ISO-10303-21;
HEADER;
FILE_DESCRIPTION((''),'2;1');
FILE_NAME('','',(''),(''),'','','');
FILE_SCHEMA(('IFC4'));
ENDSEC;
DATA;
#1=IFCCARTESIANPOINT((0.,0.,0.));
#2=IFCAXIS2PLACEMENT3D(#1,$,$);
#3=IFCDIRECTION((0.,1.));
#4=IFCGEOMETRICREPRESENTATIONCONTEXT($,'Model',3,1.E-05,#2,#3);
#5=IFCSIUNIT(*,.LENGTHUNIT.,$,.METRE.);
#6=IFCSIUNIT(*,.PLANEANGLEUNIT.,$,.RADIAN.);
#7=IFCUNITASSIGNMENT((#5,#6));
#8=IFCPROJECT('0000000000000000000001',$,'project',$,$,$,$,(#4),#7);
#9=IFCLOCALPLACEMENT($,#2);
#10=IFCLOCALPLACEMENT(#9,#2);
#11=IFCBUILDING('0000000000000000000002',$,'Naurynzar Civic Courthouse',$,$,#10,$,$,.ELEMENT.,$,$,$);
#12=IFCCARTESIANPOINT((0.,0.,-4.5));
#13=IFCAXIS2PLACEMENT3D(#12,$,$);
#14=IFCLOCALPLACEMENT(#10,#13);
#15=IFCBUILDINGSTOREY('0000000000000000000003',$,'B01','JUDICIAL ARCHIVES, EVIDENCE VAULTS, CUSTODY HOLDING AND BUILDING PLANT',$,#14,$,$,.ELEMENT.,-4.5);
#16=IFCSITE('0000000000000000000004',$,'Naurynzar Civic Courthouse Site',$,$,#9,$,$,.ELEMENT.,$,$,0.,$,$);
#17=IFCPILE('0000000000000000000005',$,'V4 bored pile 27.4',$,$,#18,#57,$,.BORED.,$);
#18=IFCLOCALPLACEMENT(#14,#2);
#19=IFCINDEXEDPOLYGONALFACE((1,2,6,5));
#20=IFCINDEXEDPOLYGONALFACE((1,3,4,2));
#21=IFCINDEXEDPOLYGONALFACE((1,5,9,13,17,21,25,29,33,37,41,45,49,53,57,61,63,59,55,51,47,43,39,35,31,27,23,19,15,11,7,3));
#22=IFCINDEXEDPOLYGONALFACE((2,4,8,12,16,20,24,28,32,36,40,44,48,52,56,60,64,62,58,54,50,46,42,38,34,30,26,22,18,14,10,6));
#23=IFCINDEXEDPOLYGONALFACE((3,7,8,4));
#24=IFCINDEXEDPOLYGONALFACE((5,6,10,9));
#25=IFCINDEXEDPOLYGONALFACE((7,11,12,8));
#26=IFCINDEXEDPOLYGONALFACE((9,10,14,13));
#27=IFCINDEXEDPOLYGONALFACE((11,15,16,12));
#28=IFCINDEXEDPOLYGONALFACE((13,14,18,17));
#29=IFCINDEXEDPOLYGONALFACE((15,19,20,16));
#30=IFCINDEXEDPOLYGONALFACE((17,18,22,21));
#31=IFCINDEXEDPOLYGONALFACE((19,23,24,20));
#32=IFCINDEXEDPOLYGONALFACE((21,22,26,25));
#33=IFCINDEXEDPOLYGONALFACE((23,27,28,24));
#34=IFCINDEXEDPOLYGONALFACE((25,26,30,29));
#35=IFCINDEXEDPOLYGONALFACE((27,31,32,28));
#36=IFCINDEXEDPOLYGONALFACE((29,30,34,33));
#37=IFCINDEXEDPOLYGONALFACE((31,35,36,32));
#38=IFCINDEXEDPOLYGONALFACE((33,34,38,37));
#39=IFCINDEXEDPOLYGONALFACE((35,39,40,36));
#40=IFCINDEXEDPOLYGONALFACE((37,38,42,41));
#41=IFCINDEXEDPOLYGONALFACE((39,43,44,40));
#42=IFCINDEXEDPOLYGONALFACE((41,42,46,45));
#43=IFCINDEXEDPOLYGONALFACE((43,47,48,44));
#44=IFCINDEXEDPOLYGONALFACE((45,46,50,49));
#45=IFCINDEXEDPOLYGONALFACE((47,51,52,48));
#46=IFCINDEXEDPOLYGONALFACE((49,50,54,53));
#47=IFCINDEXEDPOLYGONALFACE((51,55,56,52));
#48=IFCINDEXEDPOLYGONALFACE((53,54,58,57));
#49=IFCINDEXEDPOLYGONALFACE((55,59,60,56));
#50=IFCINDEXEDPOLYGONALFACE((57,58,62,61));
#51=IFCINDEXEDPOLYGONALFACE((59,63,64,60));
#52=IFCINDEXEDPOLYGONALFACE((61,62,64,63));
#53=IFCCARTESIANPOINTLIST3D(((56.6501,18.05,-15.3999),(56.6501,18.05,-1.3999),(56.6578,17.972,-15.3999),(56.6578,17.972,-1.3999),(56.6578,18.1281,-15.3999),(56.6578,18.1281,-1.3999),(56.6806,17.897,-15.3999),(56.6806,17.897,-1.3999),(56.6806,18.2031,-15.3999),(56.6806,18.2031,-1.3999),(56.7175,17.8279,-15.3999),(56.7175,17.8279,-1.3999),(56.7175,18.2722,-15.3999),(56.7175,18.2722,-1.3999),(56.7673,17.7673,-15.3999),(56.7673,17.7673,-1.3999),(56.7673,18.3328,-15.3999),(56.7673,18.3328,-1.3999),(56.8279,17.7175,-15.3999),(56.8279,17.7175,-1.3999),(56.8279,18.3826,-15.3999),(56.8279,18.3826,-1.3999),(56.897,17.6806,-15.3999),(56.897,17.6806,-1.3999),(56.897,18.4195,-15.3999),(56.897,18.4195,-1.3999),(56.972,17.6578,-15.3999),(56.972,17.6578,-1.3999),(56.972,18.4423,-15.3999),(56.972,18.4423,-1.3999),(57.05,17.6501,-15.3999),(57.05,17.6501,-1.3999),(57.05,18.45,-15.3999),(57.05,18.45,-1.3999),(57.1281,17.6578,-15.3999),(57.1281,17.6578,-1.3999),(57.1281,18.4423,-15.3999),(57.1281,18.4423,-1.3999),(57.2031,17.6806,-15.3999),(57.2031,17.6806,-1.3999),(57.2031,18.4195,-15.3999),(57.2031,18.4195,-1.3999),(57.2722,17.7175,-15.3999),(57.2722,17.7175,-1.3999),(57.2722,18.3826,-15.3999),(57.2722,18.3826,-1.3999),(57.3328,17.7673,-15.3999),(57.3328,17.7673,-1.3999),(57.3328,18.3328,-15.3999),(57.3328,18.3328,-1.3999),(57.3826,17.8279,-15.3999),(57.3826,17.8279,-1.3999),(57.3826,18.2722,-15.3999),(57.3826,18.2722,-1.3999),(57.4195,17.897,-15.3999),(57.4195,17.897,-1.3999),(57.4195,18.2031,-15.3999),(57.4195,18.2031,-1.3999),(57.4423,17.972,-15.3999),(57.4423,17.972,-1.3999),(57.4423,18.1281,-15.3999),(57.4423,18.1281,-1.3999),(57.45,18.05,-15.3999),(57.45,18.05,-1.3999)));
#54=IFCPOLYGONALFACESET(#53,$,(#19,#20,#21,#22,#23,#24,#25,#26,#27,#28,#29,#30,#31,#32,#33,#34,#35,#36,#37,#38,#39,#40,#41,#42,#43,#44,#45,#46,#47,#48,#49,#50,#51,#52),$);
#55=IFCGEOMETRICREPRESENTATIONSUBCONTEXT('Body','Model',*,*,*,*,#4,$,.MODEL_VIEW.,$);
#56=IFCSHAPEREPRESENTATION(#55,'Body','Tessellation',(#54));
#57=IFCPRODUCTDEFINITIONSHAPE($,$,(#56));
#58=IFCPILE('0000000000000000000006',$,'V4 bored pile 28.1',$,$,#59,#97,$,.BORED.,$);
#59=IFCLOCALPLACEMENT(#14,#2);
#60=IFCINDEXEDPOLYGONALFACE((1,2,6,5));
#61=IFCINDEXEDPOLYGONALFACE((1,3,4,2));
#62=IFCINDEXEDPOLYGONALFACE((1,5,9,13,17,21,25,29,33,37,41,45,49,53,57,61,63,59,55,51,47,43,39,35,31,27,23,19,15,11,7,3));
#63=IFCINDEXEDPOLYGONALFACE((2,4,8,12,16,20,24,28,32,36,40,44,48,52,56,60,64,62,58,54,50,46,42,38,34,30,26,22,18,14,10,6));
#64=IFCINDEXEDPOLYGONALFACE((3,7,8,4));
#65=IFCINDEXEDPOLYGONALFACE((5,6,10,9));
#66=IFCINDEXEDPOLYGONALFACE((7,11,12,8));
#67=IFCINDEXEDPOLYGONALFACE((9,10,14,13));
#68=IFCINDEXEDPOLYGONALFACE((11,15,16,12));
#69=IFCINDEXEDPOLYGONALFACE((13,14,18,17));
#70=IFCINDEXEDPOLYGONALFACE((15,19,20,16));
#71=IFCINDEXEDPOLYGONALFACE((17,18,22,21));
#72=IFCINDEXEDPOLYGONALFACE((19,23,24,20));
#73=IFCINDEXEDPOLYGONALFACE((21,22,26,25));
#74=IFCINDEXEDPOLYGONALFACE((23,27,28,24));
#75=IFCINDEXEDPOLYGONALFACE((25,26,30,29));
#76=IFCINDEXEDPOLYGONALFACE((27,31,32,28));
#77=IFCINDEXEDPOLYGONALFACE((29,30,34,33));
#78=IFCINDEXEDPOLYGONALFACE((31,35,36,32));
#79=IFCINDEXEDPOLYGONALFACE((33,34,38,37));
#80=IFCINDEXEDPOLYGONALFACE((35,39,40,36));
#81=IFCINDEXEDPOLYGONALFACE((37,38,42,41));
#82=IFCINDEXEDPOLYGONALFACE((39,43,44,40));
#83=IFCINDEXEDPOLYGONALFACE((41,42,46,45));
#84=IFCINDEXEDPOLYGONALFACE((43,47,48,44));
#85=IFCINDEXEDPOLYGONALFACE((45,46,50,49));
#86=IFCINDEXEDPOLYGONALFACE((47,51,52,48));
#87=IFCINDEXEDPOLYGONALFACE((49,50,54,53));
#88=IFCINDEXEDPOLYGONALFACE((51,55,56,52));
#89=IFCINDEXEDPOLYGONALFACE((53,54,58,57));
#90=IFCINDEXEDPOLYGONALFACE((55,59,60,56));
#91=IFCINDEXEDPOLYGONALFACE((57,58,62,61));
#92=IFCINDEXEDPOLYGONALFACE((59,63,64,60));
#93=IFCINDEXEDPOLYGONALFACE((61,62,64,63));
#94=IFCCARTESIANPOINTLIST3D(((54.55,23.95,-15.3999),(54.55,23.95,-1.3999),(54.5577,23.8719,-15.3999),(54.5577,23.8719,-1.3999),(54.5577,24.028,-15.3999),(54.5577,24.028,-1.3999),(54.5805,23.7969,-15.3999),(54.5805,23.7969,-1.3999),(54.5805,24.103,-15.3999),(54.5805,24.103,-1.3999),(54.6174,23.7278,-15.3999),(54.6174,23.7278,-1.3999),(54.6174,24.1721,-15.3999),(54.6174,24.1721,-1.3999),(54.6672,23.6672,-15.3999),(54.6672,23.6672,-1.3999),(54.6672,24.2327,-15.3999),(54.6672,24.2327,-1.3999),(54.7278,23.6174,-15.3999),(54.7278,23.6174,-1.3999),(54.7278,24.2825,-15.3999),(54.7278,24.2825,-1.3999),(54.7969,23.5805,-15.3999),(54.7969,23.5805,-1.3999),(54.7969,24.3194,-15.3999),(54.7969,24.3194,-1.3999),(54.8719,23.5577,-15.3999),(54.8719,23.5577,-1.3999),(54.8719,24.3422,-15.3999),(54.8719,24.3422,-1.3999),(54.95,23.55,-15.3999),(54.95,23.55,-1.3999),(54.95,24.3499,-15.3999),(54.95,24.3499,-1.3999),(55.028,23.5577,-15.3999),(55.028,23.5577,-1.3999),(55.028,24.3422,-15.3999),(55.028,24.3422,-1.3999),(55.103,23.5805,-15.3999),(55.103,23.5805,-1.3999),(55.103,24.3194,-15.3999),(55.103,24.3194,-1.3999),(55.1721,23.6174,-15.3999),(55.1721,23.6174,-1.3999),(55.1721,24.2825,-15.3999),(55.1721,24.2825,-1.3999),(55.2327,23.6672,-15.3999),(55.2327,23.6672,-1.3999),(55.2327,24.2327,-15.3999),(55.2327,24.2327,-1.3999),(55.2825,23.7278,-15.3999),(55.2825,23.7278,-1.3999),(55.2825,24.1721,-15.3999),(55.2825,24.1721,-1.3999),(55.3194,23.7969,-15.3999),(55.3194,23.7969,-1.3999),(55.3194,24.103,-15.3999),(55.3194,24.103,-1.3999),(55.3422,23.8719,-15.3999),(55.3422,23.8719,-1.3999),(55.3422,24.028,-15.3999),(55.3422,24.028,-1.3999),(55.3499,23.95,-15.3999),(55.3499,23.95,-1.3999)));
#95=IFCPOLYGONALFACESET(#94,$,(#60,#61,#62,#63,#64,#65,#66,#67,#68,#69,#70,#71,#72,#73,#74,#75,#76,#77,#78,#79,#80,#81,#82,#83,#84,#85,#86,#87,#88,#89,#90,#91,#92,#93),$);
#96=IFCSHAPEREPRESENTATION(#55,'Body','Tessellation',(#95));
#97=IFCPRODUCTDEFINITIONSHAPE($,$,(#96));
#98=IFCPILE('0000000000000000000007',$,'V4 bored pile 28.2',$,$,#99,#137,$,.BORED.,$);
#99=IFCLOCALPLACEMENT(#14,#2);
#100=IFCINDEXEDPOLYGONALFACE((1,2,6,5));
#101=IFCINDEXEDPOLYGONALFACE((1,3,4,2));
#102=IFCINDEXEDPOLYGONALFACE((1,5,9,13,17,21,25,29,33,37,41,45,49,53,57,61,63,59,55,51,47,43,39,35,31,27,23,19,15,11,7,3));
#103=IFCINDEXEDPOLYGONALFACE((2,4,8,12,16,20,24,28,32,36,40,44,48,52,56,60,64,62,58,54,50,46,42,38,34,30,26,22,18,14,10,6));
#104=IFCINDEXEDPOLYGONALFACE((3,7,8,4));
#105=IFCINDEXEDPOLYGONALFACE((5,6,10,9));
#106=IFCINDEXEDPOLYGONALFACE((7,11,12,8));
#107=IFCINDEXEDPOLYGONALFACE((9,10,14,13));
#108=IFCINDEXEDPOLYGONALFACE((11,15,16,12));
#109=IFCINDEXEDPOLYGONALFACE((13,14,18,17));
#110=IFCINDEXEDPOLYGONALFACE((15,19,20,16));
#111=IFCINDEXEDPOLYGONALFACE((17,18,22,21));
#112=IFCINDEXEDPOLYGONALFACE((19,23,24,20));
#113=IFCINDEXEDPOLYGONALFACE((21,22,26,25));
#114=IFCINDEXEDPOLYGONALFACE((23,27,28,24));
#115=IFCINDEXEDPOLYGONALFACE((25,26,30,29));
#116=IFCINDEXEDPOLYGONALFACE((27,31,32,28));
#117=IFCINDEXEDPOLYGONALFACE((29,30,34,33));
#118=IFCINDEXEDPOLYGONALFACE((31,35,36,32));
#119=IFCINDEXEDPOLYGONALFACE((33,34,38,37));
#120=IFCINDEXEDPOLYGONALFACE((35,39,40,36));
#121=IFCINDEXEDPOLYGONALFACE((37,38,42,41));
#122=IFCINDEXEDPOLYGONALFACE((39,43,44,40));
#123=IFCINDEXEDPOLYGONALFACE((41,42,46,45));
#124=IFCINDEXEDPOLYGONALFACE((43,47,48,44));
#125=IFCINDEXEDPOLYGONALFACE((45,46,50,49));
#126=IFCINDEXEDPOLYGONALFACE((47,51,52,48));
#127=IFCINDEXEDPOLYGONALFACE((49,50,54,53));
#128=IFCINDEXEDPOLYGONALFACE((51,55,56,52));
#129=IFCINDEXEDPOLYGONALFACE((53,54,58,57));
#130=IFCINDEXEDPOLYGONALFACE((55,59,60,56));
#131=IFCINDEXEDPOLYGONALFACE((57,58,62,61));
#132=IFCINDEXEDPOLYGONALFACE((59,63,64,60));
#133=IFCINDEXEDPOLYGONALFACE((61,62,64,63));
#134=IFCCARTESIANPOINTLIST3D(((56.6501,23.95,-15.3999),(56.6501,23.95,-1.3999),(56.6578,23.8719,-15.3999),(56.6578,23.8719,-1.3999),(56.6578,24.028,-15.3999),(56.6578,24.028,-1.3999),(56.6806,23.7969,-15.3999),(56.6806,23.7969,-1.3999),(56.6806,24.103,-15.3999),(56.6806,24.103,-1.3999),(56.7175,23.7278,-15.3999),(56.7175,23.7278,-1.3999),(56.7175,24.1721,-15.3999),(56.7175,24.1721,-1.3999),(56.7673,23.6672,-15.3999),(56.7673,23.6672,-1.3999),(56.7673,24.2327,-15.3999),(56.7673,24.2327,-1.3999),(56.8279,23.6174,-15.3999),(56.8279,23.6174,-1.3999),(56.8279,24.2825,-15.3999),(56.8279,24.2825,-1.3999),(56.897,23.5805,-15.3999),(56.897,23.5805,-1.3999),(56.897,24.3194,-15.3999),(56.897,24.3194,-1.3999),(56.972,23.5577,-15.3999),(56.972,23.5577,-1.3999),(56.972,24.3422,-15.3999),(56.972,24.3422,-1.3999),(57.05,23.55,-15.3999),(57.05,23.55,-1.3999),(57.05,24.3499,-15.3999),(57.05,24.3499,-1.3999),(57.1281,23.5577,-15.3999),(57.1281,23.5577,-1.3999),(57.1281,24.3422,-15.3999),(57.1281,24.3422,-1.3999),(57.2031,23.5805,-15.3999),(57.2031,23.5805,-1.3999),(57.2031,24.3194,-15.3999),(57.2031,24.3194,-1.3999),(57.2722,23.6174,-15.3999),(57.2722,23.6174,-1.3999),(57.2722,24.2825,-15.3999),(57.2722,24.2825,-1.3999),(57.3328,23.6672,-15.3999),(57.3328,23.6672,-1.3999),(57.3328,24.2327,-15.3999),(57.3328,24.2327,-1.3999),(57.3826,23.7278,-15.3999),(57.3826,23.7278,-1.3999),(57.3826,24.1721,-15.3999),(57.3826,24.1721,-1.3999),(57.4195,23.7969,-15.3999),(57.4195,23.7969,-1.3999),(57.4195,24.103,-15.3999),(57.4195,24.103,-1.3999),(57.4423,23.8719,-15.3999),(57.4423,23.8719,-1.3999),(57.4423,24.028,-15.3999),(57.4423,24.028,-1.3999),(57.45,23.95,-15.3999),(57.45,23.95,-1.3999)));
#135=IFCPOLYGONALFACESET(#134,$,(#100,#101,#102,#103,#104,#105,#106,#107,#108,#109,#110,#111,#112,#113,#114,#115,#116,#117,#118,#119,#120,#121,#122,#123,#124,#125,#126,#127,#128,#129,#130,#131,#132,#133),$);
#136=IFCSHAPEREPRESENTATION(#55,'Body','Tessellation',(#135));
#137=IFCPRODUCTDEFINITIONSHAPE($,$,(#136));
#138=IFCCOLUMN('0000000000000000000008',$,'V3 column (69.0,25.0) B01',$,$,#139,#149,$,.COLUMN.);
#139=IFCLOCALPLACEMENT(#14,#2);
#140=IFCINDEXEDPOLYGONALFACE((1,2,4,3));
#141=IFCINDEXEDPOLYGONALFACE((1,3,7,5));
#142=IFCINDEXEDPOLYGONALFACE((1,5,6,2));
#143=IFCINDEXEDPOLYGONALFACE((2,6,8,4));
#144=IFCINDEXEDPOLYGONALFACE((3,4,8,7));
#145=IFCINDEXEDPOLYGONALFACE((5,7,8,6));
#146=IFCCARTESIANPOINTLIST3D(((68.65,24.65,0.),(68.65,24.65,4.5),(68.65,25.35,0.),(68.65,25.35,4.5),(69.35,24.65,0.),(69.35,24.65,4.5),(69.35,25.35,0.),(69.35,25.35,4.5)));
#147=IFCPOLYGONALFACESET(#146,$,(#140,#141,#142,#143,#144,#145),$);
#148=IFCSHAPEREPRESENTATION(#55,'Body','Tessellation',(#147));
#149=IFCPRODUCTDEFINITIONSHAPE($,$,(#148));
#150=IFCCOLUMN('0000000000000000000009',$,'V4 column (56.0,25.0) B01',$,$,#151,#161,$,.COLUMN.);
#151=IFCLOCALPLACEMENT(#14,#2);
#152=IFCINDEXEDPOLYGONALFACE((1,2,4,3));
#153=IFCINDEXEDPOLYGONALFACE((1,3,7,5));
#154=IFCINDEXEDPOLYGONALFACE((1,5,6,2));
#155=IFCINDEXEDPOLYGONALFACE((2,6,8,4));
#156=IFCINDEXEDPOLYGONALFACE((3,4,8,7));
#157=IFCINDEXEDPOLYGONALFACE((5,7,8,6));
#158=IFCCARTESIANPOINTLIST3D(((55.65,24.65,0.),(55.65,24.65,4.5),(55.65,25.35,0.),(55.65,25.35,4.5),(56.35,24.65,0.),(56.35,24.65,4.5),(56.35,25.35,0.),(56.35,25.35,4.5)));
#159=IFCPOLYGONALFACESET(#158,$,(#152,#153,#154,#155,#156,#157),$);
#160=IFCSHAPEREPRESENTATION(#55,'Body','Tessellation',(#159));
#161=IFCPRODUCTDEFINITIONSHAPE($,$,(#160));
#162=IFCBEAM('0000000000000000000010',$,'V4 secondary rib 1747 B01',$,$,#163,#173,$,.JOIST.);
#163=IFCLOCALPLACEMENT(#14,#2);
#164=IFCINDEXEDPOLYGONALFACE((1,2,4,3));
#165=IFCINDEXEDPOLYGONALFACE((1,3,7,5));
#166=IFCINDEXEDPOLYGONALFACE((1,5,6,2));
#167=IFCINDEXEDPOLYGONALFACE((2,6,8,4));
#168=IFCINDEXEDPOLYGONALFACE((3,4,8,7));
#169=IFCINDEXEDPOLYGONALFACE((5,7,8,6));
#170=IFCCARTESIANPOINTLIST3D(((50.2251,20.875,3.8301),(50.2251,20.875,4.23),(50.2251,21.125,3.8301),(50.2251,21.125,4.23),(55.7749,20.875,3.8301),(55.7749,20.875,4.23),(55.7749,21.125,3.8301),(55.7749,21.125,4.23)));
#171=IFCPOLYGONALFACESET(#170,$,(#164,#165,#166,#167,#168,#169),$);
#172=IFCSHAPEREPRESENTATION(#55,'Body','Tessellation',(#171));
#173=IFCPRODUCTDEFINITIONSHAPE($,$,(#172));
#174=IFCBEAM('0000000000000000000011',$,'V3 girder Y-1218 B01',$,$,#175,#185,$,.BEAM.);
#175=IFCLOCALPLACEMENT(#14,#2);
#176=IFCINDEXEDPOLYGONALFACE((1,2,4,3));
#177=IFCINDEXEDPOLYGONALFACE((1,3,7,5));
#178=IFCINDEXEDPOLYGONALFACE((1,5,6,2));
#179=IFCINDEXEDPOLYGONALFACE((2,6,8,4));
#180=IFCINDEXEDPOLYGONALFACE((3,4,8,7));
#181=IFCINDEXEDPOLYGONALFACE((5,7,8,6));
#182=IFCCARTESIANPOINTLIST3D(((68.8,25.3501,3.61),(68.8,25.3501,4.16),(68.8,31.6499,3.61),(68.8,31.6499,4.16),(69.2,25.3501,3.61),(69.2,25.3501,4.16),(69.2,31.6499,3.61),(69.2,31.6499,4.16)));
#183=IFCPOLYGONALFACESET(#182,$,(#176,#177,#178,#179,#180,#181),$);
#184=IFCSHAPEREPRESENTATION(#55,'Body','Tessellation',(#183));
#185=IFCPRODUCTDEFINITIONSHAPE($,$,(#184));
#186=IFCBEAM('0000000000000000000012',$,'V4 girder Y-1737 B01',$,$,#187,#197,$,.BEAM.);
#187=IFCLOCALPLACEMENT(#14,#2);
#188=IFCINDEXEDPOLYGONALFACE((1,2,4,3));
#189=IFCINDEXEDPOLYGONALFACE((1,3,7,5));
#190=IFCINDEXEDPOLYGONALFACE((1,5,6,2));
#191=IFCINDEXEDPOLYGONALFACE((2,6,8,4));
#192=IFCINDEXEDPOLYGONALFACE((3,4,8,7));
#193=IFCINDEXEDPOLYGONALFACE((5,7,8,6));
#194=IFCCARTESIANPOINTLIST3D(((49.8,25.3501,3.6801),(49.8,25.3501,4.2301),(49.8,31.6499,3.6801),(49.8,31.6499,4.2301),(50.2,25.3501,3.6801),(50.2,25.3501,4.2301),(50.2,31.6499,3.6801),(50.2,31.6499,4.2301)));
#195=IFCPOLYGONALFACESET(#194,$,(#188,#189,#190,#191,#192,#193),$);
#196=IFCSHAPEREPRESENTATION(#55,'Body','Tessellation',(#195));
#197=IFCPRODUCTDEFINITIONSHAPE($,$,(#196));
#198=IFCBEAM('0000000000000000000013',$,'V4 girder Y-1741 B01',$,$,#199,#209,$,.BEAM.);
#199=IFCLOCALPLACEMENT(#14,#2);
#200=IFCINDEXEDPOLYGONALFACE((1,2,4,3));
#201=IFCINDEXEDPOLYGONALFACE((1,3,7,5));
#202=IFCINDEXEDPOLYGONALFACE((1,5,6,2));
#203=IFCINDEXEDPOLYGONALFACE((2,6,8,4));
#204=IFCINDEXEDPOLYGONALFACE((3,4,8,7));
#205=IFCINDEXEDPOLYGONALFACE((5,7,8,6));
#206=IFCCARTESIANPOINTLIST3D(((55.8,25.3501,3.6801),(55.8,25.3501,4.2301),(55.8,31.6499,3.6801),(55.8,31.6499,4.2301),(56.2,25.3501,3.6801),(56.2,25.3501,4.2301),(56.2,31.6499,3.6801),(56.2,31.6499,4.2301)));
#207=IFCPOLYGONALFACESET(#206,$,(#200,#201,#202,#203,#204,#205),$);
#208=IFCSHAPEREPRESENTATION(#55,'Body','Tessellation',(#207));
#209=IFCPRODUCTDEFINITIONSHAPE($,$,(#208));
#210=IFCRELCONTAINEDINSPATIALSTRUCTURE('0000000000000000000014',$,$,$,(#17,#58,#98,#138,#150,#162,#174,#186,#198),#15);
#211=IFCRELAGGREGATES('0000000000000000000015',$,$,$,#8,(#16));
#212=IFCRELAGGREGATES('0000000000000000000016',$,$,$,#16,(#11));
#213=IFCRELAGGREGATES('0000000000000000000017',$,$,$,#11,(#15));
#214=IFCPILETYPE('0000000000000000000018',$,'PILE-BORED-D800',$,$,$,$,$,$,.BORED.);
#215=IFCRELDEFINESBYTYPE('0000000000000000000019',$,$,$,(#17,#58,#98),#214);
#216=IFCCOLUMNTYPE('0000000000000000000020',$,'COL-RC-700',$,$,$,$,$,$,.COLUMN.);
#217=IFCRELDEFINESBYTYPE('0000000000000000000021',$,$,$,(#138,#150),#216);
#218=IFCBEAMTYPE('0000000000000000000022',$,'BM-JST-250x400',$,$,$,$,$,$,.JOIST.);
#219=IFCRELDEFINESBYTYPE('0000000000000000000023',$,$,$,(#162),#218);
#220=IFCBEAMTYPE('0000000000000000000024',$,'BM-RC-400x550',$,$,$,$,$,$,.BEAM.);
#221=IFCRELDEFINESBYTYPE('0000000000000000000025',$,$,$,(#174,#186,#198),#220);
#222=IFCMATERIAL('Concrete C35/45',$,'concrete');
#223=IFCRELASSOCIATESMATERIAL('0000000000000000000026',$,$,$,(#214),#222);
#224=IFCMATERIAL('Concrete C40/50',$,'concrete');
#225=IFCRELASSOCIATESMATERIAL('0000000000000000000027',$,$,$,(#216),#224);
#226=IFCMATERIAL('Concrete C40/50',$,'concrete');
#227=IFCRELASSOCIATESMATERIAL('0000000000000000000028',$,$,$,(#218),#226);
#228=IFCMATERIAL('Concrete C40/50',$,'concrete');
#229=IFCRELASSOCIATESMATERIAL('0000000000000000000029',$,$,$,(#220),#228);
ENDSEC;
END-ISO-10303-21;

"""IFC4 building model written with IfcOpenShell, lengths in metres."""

from ifc_helpers import new_model, si_unit, direction, frame, origin, origin_2d, place, context, subcontext, project, spatial, rectangle, circle, extrude, material, material_profile, profile_set, type_object, element, save


model = new_model("IFC4")

# Units and contexts
model_context = context("Model", 3, precision=1e-05, world=origin(), true_north=direction((0.0, 1.0)))
body_context = subcontext(model_context, "Body", "Model", "MODEL_VIEW")
ifc_project = project(units=[si_unit("LENGTHUNIT", "METRE"), si_unit("PLANEANGLEUNIT", "RADIAN")], contexts=[model_context])

# Site, building, storey
site_placement = place(None, origin())
site = spatial("IfcSite", under=ifc_project, at=site_placement, Name="Naurynzar Civic Courthouse Site", CompositionType="ELEMENT", RefElevation=0.0)
building_placement = place(site_placement, origin())
building = spatial("IfcBuilding", under=site, at=building_placement, Name="Naurynzar Civic Courthouse", CompositionType="ELEMENT")
storey_placement = place(building_placement, frame((0.0, 0.0, -4.5)))
storey = spatial("IfcBuildingStorey", under=building, at=storey_placement, Name="B01", Description="JUDICIAL ARCHIVES, EVIDENCE VAULTS, CUSTODY HOLDING AND BUILDING PLANT", CompositionType="ELEMENT", Elevation=-4.5)

# Piles
ifc_material_1 = material(Name="Concrete C35/45", Category="concrete")
ifc_material_profile_1 = material_profile(ifc_material_1, circle(Radius=0.3999, at=origin_2d()), Name="PILE D800")
ifc_profile_set_1 = profile_set([ifc_material_profile_1], Name="Concrete C35/45")
pile_type = type_object("IfcPileType", Name="PILE-BORED-D800", PredefinedType="BORED", material=ifc_profile_set_1)
for number, where, z_axis, x_axis, name in (
    (1, (57.05, 18.05, -1.3999), (0.0, 0.0, -1.0), (1.0, 0.0, 0.0), "V4 bored pile 27.4"),
    (2, (54.95, 23.95, -1.3999), (0.0, 0.0, -1.0), (1.0, 0.0, 0.0), "V4 bored pile 28.1"),
    (3, (57.05, 23.95, -1.3999), (0.0, 0.0, -1.0), (1.0, 0.0, 0.0), "V4 bored pile 28.2"),
):
    element("IfcPile", number, at=place(storey_placement, frame(where, z_axis=z_axis, x_axis=x_axis)), inside=storey, type_object=pile_type, Name=name, PredefinedType="BORED", context=body_context, shape_type="SweptSolid", body=[
        extrude(circle(Radius=0.3999, at=origin_2d()), origin(), (0.0, 0.0, 1.0), 14.0),
    ])

# Columns
ifc_material_2 = material(Name="Concrete C40/50", Category="concrete")
ifc_material_profile_2 = material_profile(ifc_material_2, rectangle(XDim=0.7, YDim=0.7, at=origin_2d()), Name="RC 700x700")
ifc_profile_set_2 = profile_set([ifc_material_profile_2], Name="Concrete C40/50")
column_type = type_object("IfcColumnType", Name="COL-RC-700", PredefinedType="COLUMN", material=ifc_profile_set_2)
for number, where, z_axis, x_axis, name in (
    (4, (69.0, 25.0, 0.0), (0.0, 0.0, 1.0), (1.0, 0.0, 0.0), "V3 column (69.0,25.0) B01"),
    (5, (56.0, 25.0, 0.0), (0.0, 0.0, 1.0), (1.0, 0.0, 0.0), "V4 column (56.0,25.0) B01"),
):
    element("IfcColumn", number, at=place(storey_placement, frame(where, z_axis=z_axis, x_axis=x_axis)), inside=storey, type_object=column_type, Name=name, PredefinedType="COLUMN", context=body_context, shape_type="SweptSolid", body=[
        extrude(rectangle(XDim=0.7, YDim=0.7, at=origin_2d()), origin(), (0.0, 0.0, 1.0), 4.5),
    ])

# Beams
ifc_material_3 = material(Name="Concrete C40/50", Category="concrete")
ifc_material_profile_3 = material_profile(ifc_material_3, rectangle(XDim=0.25, YDim=0.3999, at=origin_2d()), Name="RCB 250x400")
ifc_profile_set_3 = profile_set([ifc_material_profile_3], Name="Concrete C40/50")
beam_type_1 = type_object("IfcBeamType", Name="BM-JST-250x400", PredefinedType="JOIST", material=ifc_profile_set_3)
beam_1_placement = place(storey_placement, frame((50.2251, 21.0, 4.03), z_axis=(1.0, 0.0, 0.0), x_axis=(0.0, 1.0, 0.0)))
element("IfcBeam", 6, at=beam_1_placement, inside=storey, type_object=beam_type_1, Name="V4 secondary rib 1747 B01", PredefinedType="JOIST", context=body_context, shape_type="SweptSolid", body=[
    extrude(rectangle(XDim=0.25, YDim=0.3999, at=origin_2d()), origin(), (0.0, 0.0, 1.0), 5.5498),
])
ifc_material_4 = material(Name="Concrete C40/50", Category="concrete")
ifc_material_profile_4 = material_profile(ifc_material_4, rectangle(XDim=0.3999, YDim=0.55, at=origin_2d()), Name="RCB 400x550")
ifc_profile_set_4 = profile_set([ifc_material_profile_4], Name="Concrete C40/50")
beam_type_2 = type_object("IfcBeamType", Name="BM-RC-400x550", PredefinedType="BEAM", material=ifc_profile_set_4)
for number, where, z_axis, x_axis, name in (
    (7, (69.0, 25.3501, 3.885), (0.0, 1.0, 0.0), (-1.0, 0.0, 0.0), "V3 girder Y-1218 B01"),
    (8, (50.0, 25.3501, 3.9551), (0.0, 1.0, 0.0), (-1.0, 0.0, 0.0), "V4 girder Y-1737 B01"),
    (9, (56.0, 25.3501, 3.9551), (0.0, 1.0, 0.0), (-1.0, 0.0, 0.0), "V4 girder Y-1741 B01"),
):
    element("IfcBeam", number, at=place(storey_placement, frame(where, z_axis=z_axis, x_axis=x_axis)), inside=storey, type_object=beam_type_2, Name=name, PredefinedType="BEAM", context=body_context, shape_type="SweptSolid", body=[
        extrude(rectangle(XDim=0.3999, YDim=0.55, at=origin_2d()), origin(), (0.0, 0.0, 1.0), 6.2998),
    ])

save(model, "model.ifc")
